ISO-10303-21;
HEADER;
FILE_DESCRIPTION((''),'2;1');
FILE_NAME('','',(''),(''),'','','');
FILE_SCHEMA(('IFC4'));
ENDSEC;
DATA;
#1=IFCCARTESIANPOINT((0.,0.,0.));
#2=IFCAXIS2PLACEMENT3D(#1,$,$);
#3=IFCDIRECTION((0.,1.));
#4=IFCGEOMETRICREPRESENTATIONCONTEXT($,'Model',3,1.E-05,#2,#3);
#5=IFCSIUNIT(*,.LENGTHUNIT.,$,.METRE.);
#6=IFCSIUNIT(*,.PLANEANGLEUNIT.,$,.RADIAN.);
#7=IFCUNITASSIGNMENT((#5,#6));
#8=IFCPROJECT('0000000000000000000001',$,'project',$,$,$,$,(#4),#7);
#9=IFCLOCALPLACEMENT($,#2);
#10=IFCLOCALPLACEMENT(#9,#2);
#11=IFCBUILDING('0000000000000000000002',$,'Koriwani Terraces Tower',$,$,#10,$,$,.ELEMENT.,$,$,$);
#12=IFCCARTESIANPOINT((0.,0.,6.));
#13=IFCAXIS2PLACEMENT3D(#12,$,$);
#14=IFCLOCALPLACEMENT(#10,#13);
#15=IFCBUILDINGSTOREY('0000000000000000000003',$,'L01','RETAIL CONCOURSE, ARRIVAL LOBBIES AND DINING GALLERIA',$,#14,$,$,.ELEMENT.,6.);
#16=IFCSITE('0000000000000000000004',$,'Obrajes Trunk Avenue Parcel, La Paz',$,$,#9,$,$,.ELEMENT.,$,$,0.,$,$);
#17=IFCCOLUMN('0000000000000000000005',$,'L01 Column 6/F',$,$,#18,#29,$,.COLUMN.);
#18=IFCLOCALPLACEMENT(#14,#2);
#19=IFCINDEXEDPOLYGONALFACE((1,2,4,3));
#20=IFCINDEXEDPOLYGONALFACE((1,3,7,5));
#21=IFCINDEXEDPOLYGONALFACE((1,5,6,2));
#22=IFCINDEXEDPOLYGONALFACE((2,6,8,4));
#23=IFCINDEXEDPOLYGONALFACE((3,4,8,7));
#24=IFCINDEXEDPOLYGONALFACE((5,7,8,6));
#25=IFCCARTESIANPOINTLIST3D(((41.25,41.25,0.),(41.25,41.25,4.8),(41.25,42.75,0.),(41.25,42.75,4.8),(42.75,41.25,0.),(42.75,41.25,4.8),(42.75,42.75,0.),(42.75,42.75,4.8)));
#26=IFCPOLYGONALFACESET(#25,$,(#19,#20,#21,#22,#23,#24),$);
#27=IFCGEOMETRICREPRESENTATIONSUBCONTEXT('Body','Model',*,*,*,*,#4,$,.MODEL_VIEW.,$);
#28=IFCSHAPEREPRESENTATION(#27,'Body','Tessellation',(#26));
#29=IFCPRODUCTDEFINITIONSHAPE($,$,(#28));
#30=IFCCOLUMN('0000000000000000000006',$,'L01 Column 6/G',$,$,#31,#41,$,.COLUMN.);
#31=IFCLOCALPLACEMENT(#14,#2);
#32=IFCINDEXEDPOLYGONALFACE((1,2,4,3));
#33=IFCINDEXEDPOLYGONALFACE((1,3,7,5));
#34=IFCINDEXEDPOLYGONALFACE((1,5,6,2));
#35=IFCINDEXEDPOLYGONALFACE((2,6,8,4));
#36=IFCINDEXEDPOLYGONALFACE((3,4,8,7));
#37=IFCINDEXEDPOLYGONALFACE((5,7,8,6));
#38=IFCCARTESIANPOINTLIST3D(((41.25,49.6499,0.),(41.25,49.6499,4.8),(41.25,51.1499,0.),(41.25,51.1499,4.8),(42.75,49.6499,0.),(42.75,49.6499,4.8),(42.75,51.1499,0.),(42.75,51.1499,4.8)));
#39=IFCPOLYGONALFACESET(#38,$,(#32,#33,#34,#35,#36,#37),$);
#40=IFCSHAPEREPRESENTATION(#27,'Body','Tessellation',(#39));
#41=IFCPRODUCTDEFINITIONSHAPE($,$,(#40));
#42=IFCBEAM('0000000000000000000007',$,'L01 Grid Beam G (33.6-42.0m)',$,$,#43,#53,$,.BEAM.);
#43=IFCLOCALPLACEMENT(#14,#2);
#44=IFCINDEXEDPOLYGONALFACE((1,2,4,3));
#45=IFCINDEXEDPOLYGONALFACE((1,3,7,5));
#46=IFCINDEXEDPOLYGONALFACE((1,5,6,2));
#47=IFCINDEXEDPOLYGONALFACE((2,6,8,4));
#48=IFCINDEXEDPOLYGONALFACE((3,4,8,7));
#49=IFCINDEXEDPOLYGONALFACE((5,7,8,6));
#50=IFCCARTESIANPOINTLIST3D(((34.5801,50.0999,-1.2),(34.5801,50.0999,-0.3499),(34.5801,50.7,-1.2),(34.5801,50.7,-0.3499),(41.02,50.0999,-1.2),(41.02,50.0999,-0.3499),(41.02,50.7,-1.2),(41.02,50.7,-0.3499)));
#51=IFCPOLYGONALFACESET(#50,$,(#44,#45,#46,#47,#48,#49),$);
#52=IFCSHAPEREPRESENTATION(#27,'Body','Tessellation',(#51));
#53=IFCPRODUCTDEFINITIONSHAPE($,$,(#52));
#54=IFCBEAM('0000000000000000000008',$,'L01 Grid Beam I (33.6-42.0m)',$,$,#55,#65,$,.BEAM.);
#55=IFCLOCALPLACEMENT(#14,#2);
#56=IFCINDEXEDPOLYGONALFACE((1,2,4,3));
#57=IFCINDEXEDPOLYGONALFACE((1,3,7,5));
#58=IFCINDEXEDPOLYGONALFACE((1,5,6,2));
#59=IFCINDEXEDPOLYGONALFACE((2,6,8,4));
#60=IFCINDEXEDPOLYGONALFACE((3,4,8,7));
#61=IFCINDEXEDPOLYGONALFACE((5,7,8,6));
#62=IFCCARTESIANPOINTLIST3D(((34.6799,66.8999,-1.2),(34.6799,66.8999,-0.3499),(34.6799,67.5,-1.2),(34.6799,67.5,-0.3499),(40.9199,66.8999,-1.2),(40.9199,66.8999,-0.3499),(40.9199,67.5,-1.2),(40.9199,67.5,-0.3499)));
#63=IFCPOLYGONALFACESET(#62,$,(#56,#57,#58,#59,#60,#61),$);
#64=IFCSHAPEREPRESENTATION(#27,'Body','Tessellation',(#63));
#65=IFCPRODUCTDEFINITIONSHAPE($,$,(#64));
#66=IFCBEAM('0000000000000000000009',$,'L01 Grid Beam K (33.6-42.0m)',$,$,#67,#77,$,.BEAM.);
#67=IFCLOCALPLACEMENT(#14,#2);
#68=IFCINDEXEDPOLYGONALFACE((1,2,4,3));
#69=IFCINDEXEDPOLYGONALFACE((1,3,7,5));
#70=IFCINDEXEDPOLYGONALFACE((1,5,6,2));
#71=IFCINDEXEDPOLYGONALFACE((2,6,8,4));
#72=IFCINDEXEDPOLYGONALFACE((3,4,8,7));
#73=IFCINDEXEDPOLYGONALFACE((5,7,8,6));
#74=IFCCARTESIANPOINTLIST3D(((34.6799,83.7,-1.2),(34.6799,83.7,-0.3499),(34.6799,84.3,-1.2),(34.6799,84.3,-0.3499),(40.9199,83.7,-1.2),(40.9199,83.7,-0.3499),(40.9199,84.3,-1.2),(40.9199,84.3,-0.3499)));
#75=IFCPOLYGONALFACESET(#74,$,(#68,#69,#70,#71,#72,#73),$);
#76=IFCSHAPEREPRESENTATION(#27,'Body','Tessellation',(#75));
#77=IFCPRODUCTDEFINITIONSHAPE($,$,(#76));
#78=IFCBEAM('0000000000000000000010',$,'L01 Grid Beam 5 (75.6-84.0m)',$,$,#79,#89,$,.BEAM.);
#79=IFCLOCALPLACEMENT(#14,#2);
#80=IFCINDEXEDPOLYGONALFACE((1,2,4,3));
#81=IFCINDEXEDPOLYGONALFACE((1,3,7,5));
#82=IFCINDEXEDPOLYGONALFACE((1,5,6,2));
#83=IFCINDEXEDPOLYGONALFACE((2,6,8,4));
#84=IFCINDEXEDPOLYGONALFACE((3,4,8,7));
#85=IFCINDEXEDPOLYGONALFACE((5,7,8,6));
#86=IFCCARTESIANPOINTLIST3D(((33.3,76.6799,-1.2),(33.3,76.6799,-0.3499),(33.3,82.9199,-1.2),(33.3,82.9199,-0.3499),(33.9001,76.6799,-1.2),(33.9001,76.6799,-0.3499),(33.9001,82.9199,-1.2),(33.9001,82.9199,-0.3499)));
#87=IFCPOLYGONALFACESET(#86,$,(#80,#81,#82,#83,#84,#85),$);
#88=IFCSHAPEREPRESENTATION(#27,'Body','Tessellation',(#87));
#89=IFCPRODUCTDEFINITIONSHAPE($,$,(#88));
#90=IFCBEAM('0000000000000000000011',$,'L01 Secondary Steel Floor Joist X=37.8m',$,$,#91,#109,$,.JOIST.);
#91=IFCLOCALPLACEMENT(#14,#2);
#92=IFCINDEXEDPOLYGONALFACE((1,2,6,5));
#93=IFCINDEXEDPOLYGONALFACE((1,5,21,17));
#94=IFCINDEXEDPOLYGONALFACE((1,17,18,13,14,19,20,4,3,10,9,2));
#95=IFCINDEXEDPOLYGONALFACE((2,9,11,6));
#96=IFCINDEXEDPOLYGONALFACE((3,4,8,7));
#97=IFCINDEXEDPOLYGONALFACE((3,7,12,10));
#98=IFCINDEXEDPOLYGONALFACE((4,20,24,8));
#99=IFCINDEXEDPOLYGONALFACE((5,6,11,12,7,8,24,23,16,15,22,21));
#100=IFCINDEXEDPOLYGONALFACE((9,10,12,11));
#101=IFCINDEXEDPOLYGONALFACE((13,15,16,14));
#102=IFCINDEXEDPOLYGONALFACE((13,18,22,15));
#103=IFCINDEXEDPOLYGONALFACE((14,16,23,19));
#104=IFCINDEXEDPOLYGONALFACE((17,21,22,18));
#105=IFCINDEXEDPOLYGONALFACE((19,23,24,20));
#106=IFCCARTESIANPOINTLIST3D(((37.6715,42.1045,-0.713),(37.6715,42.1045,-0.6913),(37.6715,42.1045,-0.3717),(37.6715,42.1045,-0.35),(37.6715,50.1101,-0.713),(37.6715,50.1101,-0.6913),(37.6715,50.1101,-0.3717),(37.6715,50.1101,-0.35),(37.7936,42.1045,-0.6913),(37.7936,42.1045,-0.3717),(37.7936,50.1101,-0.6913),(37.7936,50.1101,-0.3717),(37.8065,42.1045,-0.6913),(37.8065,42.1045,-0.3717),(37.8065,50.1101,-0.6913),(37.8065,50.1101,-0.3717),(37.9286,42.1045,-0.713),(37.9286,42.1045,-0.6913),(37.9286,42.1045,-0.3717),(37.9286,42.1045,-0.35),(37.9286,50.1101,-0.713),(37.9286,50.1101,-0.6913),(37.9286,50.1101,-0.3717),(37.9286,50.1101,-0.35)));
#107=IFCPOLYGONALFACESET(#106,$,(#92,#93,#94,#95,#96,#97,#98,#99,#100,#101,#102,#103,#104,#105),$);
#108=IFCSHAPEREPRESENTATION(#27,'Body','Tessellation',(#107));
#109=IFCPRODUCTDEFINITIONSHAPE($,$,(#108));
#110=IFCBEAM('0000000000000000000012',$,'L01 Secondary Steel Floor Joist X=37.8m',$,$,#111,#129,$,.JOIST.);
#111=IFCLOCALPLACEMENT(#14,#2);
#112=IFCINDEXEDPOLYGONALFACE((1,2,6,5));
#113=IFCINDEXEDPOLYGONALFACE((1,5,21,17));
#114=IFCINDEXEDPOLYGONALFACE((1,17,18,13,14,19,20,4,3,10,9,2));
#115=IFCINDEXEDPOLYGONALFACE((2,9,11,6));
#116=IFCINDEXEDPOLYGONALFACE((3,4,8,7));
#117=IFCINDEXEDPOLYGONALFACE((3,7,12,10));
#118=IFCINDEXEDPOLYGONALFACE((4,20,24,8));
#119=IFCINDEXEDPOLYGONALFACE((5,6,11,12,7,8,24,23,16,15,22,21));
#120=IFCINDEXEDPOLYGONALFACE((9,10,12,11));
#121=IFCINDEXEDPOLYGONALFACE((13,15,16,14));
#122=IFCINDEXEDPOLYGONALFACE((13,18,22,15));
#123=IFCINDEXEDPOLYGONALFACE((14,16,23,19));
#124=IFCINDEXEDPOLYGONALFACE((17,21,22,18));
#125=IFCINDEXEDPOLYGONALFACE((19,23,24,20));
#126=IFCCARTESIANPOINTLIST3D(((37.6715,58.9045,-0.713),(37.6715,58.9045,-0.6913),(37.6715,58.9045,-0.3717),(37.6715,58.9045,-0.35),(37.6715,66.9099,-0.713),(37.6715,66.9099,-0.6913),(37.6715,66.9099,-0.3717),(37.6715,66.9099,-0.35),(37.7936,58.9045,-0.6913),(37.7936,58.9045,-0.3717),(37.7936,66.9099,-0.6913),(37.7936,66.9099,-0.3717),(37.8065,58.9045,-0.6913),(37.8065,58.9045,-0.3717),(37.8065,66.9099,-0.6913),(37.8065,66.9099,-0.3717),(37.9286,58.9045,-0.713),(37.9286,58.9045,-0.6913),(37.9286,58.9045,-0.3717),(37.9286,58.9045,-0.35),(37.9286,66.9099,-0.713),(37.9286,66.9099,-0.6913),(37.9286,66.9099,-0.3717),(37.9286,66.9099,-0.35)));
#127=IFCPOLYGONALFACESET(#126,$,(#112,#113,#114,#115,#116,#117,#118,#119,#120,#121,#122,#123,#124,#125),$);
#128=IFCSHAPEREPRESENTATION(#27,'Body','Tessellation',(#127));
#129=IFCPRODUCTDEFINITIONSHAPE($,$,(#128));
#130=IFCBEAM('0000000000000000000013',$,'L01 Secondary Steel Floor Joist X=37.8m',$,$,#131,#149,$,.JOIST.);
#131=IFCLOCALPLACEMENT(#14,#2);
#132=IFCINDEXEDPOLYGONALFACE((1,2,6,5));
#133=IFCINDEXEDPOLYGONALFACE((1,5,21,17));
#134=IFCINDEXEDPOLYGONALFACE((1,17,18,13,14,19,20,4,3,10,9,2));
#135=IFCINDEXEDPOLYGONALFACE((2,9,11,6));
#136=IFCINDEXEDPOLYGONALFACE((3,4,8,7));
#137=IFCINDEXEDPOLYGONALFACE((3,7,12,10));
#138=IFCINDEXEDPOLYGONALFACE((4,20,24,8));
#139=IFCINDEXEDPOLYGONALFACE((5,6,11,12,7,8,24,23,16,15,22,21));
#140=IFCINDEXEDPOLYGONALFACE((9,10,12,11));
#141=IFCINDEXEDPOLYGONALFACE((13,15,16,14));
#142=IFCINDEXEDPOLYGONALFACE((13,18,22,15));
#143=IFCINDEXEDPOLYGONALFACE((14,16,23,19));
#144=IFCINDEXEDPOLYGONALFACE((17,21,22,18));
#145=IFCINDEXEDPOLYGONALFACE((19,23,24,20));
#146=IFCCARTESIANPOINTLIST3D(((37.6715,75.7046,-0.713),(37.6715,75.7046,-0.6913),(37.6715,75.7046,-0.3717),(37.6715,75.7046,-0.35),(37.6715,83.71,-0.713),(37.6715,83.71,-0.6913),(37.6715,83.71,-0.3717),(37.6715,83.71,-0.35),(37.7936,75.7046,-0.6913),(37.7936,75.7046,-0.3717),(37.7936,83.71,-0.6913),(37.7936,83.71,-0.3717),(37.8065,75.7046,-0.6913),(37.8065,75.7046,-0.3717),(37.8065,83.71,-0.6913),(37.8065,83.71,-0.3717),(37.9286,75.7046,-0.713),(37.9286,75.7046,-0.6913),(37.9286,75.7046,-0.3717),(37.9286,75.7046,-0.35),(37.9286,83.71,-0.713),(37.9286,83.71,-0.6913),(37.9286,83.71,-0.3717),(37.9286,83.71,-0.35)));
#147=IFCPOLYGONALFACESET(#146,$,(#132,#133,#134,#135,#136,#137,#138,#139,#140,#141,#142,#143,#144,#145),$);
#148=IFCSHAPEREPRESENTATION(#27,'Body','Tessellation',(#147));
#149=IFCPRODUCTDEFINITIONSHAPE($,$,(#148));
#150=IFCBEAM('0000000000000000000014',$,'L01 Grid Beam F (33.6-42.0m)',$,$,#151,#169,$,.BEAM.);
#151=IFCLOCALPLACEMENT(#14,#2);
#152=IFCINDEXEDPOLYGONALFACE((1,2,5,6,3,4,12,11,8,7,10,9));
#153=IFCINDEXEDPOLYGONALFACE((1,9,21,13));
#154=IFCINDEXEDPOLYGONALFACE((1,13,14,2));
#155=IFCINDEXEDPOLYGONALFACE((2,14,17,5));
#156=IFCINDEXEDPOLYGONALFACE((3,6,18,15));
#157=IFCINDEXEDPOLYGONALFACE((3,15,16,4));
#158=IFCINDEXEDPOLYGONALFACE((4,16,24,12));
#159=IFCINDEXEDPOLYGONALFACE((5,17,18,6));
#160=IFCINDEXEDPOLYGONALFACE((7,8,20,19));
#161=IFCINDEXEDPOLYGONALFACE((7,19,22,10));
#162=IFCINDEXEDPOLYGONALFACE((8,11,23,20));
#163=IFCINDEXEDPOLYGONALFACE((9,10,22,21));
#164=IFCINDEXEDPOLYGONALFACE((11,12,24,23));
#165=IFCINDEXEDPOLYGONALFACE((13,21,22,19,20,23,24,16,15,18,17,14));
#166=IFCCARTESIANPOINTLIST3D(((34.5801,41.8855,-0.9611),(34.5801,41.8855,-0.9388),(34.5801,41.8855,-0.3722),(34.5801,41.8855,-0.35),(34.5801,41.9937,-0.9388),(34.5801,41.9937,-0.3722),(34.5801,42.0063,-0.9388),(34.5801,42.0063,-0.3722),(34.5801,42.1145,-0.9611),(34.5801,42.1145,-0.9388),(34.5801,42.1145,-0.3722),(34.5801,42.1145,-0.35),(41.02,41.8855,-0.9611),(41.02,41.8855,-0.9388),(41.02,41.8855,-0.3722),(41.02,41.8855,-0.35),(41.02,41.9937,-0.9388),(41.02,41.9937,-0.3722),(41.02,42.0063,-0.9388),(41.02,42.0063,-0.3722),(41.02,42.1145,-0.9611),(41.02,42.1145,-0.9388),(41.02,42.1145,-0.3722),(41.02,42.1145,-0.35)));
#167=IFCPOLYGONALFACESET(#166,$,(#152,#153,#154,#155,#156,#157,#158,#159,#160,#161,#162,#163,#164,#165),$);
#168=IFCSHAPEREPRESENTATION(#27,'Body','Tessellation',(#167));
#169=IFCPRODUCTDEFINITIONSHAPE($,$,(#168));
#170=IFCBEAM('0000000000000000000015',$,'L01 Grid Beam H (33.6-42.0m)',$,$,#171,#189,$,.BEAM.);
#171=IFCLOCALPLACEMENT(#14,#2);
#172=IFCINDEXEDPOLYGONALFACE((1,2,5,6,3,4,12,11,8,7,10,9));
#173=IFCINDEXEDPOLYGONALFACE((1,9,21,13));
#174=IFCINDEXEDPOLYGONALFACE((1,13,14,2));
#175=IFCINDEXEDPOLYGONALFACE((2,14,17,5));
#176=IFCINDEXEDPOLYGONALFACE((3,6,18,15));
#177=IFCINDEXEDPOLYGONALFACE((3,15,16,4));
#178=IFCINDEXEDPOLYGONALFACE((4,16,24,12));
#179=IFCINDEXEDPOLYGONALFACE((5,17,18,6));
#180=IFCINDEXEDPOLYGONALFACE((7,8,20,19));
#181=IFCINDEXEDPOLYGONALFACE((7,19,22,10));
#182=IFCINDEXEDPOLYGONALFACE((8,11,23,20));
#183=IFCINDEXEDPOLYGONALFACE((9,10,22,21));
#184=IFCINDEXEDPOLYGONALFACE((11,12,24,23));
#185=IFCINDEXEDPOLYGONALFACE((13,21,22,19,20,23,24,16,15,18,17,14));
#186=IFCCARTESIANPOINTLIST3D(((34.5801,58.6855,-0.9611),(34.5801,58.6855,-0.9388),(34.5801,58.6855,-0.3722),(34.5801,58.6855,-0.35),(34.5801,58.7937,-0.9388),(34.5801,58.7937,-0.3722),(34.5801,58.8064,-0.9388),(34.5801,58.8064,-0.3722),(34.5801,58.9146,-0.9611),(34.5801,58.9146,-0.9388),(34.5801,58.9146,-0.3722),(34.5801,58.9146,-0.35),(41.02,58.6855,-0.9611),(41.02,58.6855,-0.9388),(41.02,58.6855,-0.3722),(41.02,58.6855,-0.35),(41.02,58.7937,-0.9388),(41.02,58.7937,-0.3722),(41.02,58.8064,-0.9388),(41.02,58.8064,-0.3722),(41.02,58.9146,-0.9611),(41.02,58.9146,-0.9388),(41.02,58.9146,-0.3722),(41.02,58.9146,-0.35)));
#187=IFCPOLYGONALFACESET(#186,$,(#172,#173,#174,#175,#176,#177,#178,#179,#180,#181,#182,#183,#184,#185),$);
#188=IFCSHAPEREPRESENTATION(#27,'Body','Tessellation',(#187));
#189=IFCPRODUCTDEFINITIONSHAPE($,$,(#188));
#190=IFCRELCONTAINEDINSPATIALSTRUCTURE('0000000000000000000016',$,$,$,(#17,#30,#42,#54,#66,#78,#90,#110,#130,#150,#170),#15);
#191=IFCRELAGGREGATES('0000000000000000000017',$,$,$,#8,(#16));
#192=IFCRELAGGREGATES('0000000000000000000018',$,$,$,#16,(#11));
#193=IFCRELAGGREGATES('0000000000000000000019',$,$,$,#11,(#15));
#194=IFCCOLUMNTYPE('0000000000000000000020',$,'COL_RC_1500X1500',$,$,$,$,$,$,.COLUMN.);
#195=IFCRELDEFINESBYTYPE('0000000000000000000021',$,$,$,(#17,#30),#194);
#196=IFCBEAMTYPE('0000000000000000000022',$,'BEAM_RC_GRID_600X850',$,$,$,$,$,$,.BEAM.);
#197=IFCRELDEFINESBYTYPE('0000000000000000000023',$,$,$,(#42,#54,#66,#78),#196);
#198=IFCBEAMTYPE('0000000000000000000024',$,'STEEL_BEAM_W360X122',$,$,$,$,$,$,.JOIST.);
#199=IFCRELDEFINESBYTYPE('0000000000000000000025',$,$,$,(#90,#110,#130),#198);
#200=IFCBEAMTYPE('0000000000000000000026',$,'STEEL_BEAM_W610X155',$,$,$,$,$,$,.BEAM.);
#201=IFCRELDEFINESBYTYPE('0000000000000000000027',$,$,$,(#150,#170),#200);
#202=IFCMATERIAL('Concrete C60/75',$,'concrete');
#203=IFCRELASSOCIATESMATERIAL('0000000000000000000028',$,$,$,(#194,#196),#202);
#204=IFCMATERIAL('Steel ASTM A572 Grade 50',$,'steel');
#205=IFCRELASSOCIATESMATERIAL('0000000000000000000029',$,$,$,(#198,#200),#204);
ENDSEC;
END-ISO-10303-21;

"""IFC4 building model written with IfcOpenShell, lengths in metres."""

from ifc_helpers import new_model, si_unit, direction, frame, origin, origin_2d, place, context, subcontext, project, spatial, rectangle, i_section, extrude, material, material_profile, profile_set, type_object, element, save


model = new_model("IFC4")

# Units and contexts
model_context = context("Model", 3, precision=1e-05, world=origin(), true_north=direction((0.0, 1.0)))
body_context = subcontext(model_context, "Body", "Model", "MODEL_VIEW")
ifc_project = project(units=[si_unit("LENGTHUNIT", "METRE"), si_unit("PLANEANGLEUNIT", "RADIAN")], contexts=[model_context])

# Site, building, storey
site_placement = place(None, origin())
site = spatial("IfcSite", under=ifc_project, at=site_placement, Name="Obrajes Trunk Avenue Parcel, La Paz", CompositionType="ELEMENT", RefElevation=0.0)
building_placement = place(site_placement, origin())
building = spatial("IfcBuilding", under=site, at=building_placement, Name="Koriwani Terraces Tower", CompositionType="ELEMENT")
storey_placement = place(building_placement, frame((0.0, 0.0, 6.0)))
storey = spatial("IfcBuildingStorey", under=building, at=storey_placement, Name="L01", Description="RETAIL CONCOURSE, ARRIVAL LOBBIES AND DINING GALLERIA", CompositionType="ELEMENT", Elevation=6.0)

# Columns
ifc_material_1 = material(Name="Concrete C60/75", Category="concrete")
ifc_material_profile_1 = material_profile(ifc_material_1, rectangle(XDim=1.5, YDim=1.5, at=origin_2d()), Name="Concrete C60/75", Category="LoadBearing")
ifc_profile_set_1 = profile_set([ifc_material_profile_1], Name="Concrete C60/75")
column_type = type_object("IfcColumnType", Name="COL_RC_1500X1500", PredefinedType="COLUMN", material=ifc_profile_set_1)
for number, where, z_axis, x_axis, name in (
    (1, (42.0, 42.0, 0.0), (0.0, 0.0, 1.0), (1.0, 0.0, 0.0), "L01 Column 6/F"),
    (2, (42.0, 50.3999, 0.0), (0.0, 0.0, 1.0), (1.0, 0.0, 0.0), "L01 Column 6/G"),
):
    element("IfcColumn", number, at=place(storey_placement, frame(where, z_axis=z_axis, x_axis=x_axis)), inside=storey, type_object=column_type, Name=name, PredefinedType="COLUMN", context=body_context, shape_type="SweptSolid", body=[
        extrude(rectangle(XDim=1.5, YDim=1.5, at=origin_2d()), origin(), (0.0, 0.0, 1.0), 4.8),
    ])

# Beams
ifc_material_profile_2 = material_profile(ifc_material_1, rectangle(XDim=0.6001, YDim=0.8501, at=origin_2d()), Name="Concrete C60/75", Category="LoadBearing")
ifc_profile_set_2 = profile_set([ifc_material_profile_2], Name="Concrete C60/75")
beam_type_1 = type_object("IfcBeamType", Name="BEAM_RC_GRID_600X850", PredefinedType="BEAM", material=ifc_profile_set_2)
beam_1_placement = place(storey_placement, frame((34.5801, 50.3999, -0.7749), z_axis=(1.0, 0.0, 0.0), x_axis=(0.0, 1.0, 0.0)))
element("IfcBeam", 3, at=beam_1_placement, inside=storey, type_object=beam_type_1, Name="L01 Grid Beam G (33.6-42.0m)", PredefinedType="BEAM", context=body_context, shape_type="SweptSolid", body=[
    extrude(rectangle(XDim=0.6001, YDim=0.8501, at=origin_2d()), origin(), (0.0, 0.0, 1.0), 6.4399),
])
for number, where, z_axis, x_axis, name in (
    (4, (34.6799, 67.2, -0.7749), (1.0, 0.0, 0.0), (0.0, 1.0, 0.0), "L01 Grid Beam I (33.6-42.0m)"),
    (5, (34.6799, 84.0, -0.7749), (1.0, 0.0, 0.0), (0.0, 1.0, 0.0), "L01 Grid Beam K (33.6-42.0m)"),
    (6, (33.6001, 76.6799, -0.7749), (0.0, 1.0, 0.0), (-1.0, 0.0, 0.0), "L01 Grid Beam 5 (75.6-84.0m)"),
):
    element("IfcBeam", number, at=place(storey_placement, frame(where, z_axis=z_axis, x_axis=x_axis)), inside=storey, type_object=beam_type_1, Name=name, PredefinedType="BEAM", context=body_context, shape_type="SweptSolid", body=[
        extrude(rectangle(XDim=0.6001, YDim=0.8501, at=origin_2d()), origin(), (0.0, 0.0, 1.0), 6.24),
    ])
ifc_material_2 = material(Name="Steel ASTM A572 Grade 50", Category="steel")
ifc_material_profile_3 = material_profile(ifc_material_2, i_section(OverallWidth=0.2571, OverallDepth=0.363, WebThickness=0.0129, FlangeThickness=0.0217, at=origin_2d()), Name="Steel ASTM A572 Grade 50", Category="LoadBearing")
ifc_profile_set_3 = profile_set([ifc_material_profile_3], Name="Steel ASTM A572 Grade 50")
beam_type_2 = type_object("IfcBeamType", Name="STEEL_BEAM_W360X122", PredefinedType="JOIST", material=ifc_profile_set_3)
beam_2_placement = place(storey_placement, frame((37.8, 42.1045, -0.5315), z_axis=(0.0, 1.0, 0.0), x_axis=(-1.0, 0.0, 0.0)))
element("IfcBeam", 7, at=beam_2_placement, inside=storey, type_object=beam_type_2, Name="L01 Secondary Steel Floor Joist X=37.8m", PredefinedType="JOIST", context=body_context, shape_type="SweptSolid", body=[
    extrude(i_section(OverallWidth=0.2571, OverallDepth=0.363, WebThickness=0.0129, FlangeThickness=0.0217, at=origin_2d()), origin(), (0.0, 0.0, 1.0), 8.0056),
])
for number, where, z_axis, x_axis, name in (
    (8, (37.8, 58.9045, -0.5315), (0.0, 1.0, 0.0), (-1.0, 0.0, 0.0), "L01 Secondary Steel Floor Joist X=37.8m"),
    (9, (37.8, 75.7046, -0.5315), (0.0, 1.0, 0.0), (-1.0, 0.0, 0.0), "L01 Secondary Steel Floor Joist X=37.8m"),
):
    element("IfcBeam", number, at=place(storey_placement, frame(where, z_axis=z_axis, x_axis=x_axis)), inside=storey, type_object=beam_type_2, Name=name, PredefinedType="JOIST", context=body_context, shape_type="SweptSolid", body=[
        extrude(i_section(OverallWidth=0.2571, OverallDepth=0.363, WebThickness=0.0129, FlangeThickness=0.0217, at=origin_2d()), origin(), (0.0, 0.0, 1.0), 8.0054),
    ])
ifc_material_profile_4 = material_profile(ifc_material_2, i_section(OverallWidth=0.229, OverallDepth=0.6111, WebThickness=0.0127, FlangeThickness=0.0222, at=origin_2d()), Name="Steel ASTM A572 Grade 50", Category="LoadBearing")
ifc_profile_set_4 = profile_set([ifc_material_profile_4], Name="Steel ASTM A572 Grade 50")
beam_type_3 = type_object("IfcBeamType", Name="STEEL_BEAM_W610X155", PredefinedType="BEAM", material=ifc_profile_set_4)
for number, where, z_axis, x_axis, name in (
    (10, (34.5801, 42.0, -0.6555), (1.0, 0.0, 0.0), (0.0, 1.0, 0.0), "L01 Grid Beam F (33.6-42.0m)"),
    (11, (34.5801, 58.8, -0.6555), (1.0, 0.0, 0.0), (0.0, 1.0, 0.0), "L01 Grid Beam H (33.6-42.0m)"),
):
    element("IfcBeam", number, at=place(storey_placement, frame(where, z_axis=z_axis, x_axis=x_axis)), inside=storey, type_object=beam_type_3, Name=name, PredefinedType="BEAM", context=body_context, shape_type="SweptSolid", body=[
        extrude(i_section(OverallWidth=0.229, OverallDepth=0.6111, WebThickness=0.0127, FlangeThickness=0.0222, at=origin_2d()), origin(), (0.0, 0.0, 1.0), 6.4399),
    ])

save(model, "model.ifc")
